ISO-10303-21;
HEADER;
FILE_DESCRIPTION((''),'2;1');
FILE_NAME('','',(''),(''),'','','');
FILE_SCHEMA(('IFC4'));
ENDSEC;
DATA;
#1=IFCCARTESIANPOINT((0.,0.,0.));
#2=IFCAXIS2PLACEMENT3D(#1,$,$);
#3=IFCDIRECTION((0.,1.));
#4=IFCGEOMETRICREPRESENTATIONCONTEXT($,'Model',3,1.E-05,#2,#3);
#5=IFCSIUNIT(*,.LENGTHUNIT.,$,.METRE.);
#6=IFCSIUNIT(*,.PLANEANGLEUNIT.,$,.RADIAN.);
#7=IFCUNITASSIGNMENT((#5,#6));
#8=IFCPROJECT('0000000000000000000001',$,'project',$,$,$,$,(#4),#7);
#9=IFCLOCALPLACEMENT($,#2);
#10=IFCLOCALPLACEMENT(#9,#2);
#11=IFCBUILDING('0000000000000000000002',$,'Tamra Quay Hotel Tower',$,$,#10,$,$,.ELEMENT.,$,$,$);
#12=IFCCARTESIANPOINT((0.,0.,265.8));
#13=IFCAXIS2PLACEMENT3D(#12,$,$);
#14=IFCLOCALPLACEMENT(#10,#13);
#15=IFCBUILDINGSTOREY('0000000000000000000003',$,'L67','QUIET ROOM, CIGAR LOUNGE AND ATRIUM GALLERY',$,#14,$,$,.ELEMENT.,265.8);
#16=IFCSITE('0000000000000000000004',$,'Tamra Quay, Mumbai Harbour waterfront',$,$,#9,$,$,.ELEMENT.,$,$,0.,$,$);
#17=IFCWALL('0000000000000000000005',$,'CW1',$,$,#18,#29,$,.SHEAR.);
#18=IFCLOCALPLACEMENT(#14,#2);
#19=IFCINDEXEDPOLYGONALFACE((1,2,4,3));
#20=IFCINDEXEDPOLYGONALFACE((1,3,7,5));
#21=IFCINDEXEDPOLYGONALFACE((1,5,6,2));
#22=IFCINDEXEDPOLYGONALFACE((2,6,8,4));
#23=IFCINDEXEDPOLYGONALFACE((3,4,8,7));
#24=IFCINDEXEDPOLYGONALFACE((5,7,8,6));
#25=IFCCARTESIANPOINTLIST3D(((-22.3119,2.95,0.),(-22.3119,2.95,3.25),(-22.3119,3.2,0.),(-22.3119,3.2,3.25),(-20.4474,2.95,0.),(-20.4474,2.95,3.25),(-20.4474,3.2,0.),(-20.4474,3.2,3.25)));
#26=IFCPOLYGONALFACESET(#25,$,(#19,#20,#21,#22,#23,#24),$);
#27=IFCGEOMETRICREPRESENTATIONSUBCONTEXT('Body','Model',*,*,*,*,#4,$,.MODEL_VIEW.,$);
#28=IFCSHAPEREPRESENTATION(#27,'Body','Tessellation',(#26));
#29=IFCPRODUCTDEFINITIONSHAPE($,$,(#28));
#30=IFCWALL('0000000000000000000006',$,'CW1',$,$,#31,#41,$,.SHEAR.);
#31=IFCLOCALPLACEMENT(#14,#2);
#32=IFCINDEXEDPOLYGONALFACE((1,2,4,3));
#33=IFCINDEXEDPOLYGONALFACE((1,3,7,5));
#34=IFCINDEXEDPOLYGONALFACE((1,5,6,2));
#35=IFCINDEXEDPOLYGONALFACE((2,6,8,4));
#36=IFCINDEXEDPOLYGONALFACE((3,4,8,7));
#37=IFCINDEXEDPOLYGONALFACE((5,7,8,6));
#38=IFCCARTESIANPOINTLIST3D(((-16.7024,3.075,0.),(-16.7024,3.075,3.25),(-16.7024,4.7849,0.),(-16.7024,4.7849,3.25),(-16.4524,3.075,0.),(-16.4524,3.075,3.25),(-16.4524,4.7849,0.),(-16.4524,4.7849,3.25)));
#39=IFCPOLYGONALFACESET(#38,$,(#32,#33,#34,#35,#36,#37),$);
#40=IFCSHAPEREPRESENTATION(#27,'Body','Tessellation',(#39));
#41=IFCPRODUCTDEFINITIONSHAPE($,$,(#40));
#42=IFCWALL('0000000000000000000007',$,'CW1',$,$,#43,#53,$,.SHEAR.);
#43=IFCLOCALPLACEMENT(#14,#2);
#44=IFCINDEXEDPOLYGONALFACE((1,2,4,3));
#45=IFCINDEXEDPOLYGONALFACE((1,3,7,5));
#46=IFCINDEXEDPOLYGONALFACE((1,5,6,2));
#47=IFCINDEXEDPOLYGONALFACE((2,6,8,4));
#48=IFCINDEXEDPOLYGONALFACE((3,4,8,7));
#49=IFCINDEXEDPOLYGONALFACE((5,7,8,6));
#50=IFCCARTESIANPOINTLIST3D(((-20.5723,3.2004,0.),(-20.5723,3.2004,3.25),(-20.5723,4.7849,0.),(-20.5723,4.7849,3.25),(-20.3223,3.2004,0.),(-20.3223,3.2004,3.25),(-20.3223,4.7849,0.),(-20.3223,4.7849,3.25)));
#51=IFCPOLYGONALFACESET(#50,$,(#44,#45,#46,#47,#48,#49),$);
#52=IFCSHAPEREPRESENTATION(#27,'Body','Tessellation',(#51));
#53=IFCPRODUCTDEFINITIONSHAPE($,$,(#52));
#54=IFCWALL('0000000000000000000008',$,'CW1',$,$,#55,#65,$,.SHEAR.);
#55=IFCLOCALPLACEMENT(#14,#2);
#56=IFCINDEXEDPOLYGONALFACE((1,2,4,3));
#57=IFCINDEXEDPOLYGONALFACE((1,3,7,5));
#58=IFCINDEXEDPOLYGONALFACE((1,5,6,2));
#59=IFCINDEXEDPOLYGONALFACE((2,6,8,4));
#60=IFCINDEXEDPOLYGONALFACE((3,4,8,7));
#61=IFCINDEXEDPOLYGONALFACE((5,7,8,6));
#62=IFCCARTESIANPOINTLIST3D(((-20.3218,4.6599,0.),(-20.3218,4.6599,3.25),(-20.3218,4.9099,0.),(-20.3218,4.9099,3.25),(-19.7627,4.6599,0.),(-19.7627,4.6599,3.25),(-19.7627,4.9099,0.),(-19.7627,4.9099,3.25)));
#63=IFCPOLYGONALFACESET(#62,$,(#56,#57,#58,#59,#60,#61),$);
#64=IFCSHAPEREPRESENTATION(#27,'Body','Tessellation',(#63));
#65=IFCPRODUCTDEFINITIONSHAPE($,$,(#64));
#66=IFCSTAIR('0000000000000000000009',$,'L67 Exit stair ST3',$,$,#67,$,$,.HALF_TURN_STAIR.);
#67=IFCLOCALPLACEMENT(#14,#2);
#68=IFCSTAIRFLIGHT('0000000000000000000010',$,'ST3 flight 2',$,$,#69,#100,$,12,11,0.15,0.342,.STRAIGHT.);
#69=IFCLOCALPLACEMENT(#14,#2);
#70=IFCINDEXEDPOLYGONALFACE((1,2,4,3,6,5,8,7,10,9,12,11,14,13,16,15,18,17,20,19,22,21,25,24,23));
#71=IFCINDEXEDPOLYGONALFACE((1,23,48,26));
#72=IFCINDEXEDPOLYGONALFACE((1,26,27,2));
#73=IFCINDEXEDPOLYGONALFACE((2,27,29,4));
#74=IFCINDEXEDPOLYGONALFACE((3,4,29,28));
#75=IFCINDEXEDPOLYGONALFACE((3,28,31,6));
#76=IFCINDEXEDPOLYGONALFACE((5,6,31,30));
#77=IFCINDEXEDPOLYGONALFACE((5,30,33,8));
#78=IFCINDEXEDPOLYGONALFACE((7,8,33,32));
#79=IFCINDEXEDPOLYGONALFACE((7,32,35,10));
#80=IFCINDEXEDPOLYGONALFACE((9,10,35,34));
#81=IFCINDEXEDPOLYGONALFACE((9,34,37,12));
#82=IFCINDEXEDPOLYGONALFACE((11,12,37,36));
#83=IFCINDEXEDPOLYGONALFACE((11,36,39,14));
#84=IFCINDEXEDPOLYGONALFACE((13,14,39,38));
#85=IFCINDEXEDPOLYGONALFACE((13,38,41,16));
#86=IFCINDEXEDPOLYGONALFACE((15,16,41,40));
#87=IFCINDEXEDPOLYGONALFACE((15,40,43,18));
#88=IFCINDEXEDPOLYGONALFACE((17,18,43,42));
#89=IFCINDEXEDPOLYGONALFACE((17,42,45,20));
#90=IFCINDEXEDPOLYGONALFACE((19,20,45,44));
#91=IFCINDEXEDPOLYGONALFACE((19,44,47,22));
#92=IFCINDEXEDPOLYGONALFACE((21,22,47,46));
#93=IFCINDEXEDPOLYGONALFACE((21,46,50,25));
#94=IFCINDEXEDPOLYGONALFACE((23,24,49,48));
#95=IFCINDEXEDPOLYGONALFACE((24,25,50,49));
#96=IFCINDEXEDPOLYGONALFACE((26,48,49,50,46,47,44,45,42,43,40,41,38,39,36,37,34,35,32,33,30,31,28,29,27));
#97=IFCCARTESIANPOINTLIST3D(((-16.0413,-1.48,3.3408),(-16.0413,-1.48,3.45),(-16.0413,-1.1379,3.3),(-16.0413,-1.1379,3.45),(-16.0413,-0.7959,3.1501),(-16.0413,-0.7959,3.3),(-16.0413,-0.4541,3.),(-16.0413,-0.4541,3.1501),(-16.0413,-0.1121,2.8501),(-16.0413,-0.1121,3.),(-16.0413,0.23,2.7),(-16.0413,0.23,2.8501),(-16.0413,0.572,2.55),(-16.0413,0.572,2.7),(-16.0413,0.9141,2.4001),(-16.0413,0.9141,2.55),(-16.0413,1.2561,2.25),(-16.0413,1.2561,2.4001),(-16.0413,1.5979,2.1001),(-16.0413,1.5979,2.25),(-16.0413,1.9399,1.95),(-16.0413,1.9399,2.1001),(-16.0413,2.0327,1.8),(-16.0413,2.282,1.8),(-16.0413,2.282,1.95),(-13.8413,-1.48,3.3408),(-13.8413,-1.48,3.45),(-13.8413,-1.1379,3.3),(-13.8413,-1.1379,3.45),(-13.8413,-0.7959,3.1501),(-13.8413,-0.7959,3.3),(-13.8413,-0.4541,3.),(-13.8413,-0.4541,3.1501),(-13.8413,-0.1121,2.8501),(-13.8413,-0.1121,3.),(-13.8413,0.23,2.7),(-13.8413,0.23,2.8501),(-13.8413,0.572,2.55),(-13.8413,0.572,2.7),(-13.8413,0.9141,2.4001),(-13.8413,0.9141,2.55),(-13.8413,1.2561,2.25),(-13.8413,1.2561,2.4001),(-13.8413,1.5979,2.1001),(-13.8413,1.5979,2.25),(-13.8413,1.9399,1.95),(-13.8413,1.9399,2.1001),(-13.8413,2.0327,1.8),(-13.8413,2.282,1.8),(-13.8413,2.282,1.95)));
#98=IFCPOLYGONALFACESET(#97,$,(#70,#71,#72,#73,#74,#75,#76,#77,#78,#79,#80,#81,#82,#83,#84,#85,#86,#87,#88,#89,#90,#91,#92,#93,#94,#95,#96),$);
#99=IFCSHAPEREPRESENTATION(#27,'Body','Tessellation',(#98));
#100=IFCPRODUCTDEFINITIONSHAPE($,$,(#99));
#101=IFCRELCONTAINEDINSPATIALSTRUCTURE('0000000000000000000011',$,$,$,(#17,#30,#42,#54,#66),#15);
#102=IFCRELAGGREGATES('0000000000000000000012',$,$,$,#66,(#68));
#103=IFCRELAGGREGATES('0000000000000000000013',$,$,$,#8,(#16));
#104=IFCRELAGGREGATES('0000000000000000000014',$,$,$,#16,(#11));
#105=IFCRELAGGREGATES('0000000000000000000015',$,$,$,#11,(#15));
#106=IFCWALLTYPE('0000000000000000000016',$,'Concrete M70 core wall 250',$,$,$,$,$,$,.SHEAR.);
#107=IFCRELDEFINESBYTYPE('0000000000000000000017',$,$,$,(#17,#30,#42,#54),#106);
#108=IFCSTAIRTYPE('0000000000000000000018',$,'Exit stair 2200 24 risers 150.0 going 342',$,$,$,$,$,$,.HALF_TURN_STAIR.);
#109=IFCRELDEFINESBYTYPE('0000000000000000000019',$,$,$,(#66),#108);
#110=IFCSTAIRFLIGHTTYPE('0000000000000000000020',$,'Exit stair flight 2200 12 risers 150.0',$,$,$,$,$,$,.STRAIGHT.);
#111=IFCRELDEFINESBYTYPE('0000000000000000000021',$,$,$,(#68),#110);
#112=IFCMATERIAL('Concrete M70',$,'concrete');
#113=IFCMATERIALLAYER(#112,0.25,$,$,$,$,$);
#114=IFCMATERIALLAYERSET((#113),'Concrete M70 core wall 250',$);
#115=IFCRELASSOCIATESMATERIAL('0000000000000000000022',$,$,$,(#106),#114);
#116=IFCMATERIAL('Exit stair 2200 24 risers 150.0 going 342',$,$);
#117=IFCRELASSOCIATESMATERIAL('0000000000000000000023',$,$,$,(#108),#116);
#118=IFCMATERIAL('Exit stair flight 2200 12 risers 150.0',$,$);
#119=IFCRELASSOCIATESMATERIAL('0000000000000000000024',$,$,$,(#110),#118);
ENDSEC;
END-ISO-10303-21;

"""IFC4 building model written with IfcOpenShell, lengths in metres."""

from ifc_helpers import new_model, si_unit, direction, frame, frame_2d, origin, place, context, subcontext, project, spatial, polyline, rectangle, outline, extrude, material, layer, layer_set, type_object, element, aggregate, save


model = new_model("IFC4")

# Units and contexts
model_context = context("Model", 3, precision=1e-05, world=origin(), true_north=direction((0.0, 1.0)))
body_context = subcontext(model_context, "Body", "Model", "MODEL_VIEW")
ifc_project = project(units=[si_unit("LENGTHUNIT", "METRE"), si_unit("PLANEANGLEUNIT", "RADIAN")], contexts=[model_context])

# Site, building, storey
site_placement = place(None, origin())
site = spatial("IfcSite", under=ifc_project, at=site_placement, Name="Tamra Quay, Mumbai Harbour waterfront", CompositionType="ELEMENT", RefElevation=0.0)
building_placement = place(site_placement, origin())
building = spatial("IfcBuilding", under=site, at=building_placement, Name="Tamra Quay Hotel Tower", CompositionType="ELEMENT")
storey_placement = place(building_placement, frame((0.0, 0.0, 265.8)))
storey = spatial("IfcBuildingStorey", under=building, at=storey_placement, Name="L67", Description="QUIET ROOM, CIGAR LOUNGE AND ATRIUM GALLERY", CompositionType="ELEMENT", Elevation=265.8)

# Shared definitions
ifc_material_1 = material(Name="Concrete M70", Category="concrete")

# Walls
ifc_layer_1 = layer(ifc_material_1, 0.25)
ifc_layer_set_1 = layer_set([ifc_layer_1], Name="Concrete M70 core wall 250")
wall_type_1 = type_object("IfcWallType", Name="Concrete M70 core wall 250", PredefinedType="SHEAR", material=ifc_layer_set_1)
wall_1_placement = place(storey_placement, frame((-22.3118, 3.075, 0.0), z_axis=(0.0, 0.0, 1.0), x_axis=(1.0, 0.0, 0.0)))
element("IfcWall", 1, at=wall_1_placement, inside=storey, type_object=wall_type_1, Name="CW1", PredefinedType="SHEAR", context=body_context, shape_type="SweptSolid", body=[
    extrude(rectangle(XDim=1.8645, YDim=0.25, at=frame_2d((0.9321, 0.0))), origin(), (0.0, 0.0, 1.0), 3.25),
])
wall_2_placement = place(storey_placement, frame((-16.5774, 4.7849, 0.0), z_axis=(0.0, 0.0, 1.0), x_axis=(0.0, -1.0, 0.0)))
element("IfcWall", 2, at=wall_2_placement, inside=storey, type_object=wall_type_1, Name="CW1", PredefinedType="SHEAR", context=body_context, shape_type="SweptSolid", body=[
    extrude(rectangle(XDim=1.71, YDim=0.25, at=frame_2d((0.855, 0.0))), origin(), (0.0, 0.0, 1.0), 3.25),
])
wall_3_placement = place(storey_placement, frame((-20.4473, 3.2004, 0.0), z_axis=(0.0, 0.0, 1.0), x_axis=(0.0, 1.0, 0.0)))
element("IfcWall", 3, at=wall_3_placement, inside=storey, type_object=wall_type_1, Name="CW1", PredefinedType="SHEAR", context=body_context, shape_type="SweptSolid", body=[
    extrude(rectangle(XDim=1.5845, YDim=0.25, at=frame_2d((0.7922, 0.0))), origin(), (0.0, 0.0, 1.0), 3.25),
])
wall_4_placement = place(storey_placement, frame((-20.3218, 4.7849, 0.0), z_axis=(0.0, 0.0, 1.0), x_axis=(1.0, 0.0, 0.0)))
element("IfcWall", 4, at=wall_4_placement, inside=storey, type_object=wall_type_1, Name="CW1", PredefinedType="SHEAR", context=body_context, shape_type="SweptSolid", body=[
    extrude(rectangle(XDim=0.5591, YDim=0.25, at=frame_2d((0.2795, 0.0))), origin(), (0.0, 0.0, 1.0), 3.25),
])

# Stair, stair flight
ifc_material_2 = material(Name="Exit stair 2200 24 risers 150.0 going 342")
stair_type = type_object("IfcStairType", Name="Exit stair 2200 24 risers 150.0 going 342", PredefinedType="HALF_TURN_STAIR", material=ifc_material_2)
stair_placement = place(storey_placement, origin())
stair = element("IfcStair", 5, at=stair_placement, inside=storey, type_object=stair_type, Name="L67 Exit stair ST3", PredefinedType="HALF_TURN_STAIR")
ifc_material_3 = material(Name="Exit stair flight 2200 12 risers 150.0")
stair_flight_type = type_object("IfcStairFlightType", Name="Exit stair flight 2200 12 risers 150.0", PredefinedType="STRAIGHT", material=ifc_material_3)
stair_flight_placement = place(storey_placement, frame((-14.9414, 2.282, 1.8), z_axis=(0.0, 0.0, 1.0), x_axis=(0.0, -1.0, 0.0)))
stair_flight = element("IfcStairFlight", 6, at=stair_flight_placement, type_object=stair_flight_type, Name="ST3 flight 2", NumberOfRisers=12, NumberOfTreads=11, PredefinedType="STRAIGHT", RiserHeight=0.15, TreadLength=0.342, context=body_context, shape_type="SweptSolid", body=[
    extrude(outline(polyline([(0.0, 0.0), (0.0, 0.1499), (0.342, 0.1499), (0.342, 0.3), (0.6841, 0.3), (0.6841, 0.45), (1.0259, 0.45), (1.0259, 0.6001), (1.3679, 0.6001), (1.3679, 0.75), (1.71, 0.75), (1.71, 0.8999), (2.052, 0.8999), (2.052, 1.05), (2.394, 1.05), (2.394, 1.2), (2.7361, 1.2), (2.7361, 1.3501), (3.0779, 1.3501), (3.0779, 1.5), (3.4199, 1.5), (3.4199, 1.6499), (3.762, 1.6499), (3.762, 1.8), (3.762, 1.5408), (0.2493, 0.0), (0.0, 0.0)])), frame((0.0, 1.1001, 0.0), z_axis=(0.0, -1.0, 0.0), x_axis=(1.0, 0.0, 0.0)), (0.0, 0.0, 1.0), 2.2),
])
aggregate(stair, [stair_flight])

save(model, "model.ifc")
